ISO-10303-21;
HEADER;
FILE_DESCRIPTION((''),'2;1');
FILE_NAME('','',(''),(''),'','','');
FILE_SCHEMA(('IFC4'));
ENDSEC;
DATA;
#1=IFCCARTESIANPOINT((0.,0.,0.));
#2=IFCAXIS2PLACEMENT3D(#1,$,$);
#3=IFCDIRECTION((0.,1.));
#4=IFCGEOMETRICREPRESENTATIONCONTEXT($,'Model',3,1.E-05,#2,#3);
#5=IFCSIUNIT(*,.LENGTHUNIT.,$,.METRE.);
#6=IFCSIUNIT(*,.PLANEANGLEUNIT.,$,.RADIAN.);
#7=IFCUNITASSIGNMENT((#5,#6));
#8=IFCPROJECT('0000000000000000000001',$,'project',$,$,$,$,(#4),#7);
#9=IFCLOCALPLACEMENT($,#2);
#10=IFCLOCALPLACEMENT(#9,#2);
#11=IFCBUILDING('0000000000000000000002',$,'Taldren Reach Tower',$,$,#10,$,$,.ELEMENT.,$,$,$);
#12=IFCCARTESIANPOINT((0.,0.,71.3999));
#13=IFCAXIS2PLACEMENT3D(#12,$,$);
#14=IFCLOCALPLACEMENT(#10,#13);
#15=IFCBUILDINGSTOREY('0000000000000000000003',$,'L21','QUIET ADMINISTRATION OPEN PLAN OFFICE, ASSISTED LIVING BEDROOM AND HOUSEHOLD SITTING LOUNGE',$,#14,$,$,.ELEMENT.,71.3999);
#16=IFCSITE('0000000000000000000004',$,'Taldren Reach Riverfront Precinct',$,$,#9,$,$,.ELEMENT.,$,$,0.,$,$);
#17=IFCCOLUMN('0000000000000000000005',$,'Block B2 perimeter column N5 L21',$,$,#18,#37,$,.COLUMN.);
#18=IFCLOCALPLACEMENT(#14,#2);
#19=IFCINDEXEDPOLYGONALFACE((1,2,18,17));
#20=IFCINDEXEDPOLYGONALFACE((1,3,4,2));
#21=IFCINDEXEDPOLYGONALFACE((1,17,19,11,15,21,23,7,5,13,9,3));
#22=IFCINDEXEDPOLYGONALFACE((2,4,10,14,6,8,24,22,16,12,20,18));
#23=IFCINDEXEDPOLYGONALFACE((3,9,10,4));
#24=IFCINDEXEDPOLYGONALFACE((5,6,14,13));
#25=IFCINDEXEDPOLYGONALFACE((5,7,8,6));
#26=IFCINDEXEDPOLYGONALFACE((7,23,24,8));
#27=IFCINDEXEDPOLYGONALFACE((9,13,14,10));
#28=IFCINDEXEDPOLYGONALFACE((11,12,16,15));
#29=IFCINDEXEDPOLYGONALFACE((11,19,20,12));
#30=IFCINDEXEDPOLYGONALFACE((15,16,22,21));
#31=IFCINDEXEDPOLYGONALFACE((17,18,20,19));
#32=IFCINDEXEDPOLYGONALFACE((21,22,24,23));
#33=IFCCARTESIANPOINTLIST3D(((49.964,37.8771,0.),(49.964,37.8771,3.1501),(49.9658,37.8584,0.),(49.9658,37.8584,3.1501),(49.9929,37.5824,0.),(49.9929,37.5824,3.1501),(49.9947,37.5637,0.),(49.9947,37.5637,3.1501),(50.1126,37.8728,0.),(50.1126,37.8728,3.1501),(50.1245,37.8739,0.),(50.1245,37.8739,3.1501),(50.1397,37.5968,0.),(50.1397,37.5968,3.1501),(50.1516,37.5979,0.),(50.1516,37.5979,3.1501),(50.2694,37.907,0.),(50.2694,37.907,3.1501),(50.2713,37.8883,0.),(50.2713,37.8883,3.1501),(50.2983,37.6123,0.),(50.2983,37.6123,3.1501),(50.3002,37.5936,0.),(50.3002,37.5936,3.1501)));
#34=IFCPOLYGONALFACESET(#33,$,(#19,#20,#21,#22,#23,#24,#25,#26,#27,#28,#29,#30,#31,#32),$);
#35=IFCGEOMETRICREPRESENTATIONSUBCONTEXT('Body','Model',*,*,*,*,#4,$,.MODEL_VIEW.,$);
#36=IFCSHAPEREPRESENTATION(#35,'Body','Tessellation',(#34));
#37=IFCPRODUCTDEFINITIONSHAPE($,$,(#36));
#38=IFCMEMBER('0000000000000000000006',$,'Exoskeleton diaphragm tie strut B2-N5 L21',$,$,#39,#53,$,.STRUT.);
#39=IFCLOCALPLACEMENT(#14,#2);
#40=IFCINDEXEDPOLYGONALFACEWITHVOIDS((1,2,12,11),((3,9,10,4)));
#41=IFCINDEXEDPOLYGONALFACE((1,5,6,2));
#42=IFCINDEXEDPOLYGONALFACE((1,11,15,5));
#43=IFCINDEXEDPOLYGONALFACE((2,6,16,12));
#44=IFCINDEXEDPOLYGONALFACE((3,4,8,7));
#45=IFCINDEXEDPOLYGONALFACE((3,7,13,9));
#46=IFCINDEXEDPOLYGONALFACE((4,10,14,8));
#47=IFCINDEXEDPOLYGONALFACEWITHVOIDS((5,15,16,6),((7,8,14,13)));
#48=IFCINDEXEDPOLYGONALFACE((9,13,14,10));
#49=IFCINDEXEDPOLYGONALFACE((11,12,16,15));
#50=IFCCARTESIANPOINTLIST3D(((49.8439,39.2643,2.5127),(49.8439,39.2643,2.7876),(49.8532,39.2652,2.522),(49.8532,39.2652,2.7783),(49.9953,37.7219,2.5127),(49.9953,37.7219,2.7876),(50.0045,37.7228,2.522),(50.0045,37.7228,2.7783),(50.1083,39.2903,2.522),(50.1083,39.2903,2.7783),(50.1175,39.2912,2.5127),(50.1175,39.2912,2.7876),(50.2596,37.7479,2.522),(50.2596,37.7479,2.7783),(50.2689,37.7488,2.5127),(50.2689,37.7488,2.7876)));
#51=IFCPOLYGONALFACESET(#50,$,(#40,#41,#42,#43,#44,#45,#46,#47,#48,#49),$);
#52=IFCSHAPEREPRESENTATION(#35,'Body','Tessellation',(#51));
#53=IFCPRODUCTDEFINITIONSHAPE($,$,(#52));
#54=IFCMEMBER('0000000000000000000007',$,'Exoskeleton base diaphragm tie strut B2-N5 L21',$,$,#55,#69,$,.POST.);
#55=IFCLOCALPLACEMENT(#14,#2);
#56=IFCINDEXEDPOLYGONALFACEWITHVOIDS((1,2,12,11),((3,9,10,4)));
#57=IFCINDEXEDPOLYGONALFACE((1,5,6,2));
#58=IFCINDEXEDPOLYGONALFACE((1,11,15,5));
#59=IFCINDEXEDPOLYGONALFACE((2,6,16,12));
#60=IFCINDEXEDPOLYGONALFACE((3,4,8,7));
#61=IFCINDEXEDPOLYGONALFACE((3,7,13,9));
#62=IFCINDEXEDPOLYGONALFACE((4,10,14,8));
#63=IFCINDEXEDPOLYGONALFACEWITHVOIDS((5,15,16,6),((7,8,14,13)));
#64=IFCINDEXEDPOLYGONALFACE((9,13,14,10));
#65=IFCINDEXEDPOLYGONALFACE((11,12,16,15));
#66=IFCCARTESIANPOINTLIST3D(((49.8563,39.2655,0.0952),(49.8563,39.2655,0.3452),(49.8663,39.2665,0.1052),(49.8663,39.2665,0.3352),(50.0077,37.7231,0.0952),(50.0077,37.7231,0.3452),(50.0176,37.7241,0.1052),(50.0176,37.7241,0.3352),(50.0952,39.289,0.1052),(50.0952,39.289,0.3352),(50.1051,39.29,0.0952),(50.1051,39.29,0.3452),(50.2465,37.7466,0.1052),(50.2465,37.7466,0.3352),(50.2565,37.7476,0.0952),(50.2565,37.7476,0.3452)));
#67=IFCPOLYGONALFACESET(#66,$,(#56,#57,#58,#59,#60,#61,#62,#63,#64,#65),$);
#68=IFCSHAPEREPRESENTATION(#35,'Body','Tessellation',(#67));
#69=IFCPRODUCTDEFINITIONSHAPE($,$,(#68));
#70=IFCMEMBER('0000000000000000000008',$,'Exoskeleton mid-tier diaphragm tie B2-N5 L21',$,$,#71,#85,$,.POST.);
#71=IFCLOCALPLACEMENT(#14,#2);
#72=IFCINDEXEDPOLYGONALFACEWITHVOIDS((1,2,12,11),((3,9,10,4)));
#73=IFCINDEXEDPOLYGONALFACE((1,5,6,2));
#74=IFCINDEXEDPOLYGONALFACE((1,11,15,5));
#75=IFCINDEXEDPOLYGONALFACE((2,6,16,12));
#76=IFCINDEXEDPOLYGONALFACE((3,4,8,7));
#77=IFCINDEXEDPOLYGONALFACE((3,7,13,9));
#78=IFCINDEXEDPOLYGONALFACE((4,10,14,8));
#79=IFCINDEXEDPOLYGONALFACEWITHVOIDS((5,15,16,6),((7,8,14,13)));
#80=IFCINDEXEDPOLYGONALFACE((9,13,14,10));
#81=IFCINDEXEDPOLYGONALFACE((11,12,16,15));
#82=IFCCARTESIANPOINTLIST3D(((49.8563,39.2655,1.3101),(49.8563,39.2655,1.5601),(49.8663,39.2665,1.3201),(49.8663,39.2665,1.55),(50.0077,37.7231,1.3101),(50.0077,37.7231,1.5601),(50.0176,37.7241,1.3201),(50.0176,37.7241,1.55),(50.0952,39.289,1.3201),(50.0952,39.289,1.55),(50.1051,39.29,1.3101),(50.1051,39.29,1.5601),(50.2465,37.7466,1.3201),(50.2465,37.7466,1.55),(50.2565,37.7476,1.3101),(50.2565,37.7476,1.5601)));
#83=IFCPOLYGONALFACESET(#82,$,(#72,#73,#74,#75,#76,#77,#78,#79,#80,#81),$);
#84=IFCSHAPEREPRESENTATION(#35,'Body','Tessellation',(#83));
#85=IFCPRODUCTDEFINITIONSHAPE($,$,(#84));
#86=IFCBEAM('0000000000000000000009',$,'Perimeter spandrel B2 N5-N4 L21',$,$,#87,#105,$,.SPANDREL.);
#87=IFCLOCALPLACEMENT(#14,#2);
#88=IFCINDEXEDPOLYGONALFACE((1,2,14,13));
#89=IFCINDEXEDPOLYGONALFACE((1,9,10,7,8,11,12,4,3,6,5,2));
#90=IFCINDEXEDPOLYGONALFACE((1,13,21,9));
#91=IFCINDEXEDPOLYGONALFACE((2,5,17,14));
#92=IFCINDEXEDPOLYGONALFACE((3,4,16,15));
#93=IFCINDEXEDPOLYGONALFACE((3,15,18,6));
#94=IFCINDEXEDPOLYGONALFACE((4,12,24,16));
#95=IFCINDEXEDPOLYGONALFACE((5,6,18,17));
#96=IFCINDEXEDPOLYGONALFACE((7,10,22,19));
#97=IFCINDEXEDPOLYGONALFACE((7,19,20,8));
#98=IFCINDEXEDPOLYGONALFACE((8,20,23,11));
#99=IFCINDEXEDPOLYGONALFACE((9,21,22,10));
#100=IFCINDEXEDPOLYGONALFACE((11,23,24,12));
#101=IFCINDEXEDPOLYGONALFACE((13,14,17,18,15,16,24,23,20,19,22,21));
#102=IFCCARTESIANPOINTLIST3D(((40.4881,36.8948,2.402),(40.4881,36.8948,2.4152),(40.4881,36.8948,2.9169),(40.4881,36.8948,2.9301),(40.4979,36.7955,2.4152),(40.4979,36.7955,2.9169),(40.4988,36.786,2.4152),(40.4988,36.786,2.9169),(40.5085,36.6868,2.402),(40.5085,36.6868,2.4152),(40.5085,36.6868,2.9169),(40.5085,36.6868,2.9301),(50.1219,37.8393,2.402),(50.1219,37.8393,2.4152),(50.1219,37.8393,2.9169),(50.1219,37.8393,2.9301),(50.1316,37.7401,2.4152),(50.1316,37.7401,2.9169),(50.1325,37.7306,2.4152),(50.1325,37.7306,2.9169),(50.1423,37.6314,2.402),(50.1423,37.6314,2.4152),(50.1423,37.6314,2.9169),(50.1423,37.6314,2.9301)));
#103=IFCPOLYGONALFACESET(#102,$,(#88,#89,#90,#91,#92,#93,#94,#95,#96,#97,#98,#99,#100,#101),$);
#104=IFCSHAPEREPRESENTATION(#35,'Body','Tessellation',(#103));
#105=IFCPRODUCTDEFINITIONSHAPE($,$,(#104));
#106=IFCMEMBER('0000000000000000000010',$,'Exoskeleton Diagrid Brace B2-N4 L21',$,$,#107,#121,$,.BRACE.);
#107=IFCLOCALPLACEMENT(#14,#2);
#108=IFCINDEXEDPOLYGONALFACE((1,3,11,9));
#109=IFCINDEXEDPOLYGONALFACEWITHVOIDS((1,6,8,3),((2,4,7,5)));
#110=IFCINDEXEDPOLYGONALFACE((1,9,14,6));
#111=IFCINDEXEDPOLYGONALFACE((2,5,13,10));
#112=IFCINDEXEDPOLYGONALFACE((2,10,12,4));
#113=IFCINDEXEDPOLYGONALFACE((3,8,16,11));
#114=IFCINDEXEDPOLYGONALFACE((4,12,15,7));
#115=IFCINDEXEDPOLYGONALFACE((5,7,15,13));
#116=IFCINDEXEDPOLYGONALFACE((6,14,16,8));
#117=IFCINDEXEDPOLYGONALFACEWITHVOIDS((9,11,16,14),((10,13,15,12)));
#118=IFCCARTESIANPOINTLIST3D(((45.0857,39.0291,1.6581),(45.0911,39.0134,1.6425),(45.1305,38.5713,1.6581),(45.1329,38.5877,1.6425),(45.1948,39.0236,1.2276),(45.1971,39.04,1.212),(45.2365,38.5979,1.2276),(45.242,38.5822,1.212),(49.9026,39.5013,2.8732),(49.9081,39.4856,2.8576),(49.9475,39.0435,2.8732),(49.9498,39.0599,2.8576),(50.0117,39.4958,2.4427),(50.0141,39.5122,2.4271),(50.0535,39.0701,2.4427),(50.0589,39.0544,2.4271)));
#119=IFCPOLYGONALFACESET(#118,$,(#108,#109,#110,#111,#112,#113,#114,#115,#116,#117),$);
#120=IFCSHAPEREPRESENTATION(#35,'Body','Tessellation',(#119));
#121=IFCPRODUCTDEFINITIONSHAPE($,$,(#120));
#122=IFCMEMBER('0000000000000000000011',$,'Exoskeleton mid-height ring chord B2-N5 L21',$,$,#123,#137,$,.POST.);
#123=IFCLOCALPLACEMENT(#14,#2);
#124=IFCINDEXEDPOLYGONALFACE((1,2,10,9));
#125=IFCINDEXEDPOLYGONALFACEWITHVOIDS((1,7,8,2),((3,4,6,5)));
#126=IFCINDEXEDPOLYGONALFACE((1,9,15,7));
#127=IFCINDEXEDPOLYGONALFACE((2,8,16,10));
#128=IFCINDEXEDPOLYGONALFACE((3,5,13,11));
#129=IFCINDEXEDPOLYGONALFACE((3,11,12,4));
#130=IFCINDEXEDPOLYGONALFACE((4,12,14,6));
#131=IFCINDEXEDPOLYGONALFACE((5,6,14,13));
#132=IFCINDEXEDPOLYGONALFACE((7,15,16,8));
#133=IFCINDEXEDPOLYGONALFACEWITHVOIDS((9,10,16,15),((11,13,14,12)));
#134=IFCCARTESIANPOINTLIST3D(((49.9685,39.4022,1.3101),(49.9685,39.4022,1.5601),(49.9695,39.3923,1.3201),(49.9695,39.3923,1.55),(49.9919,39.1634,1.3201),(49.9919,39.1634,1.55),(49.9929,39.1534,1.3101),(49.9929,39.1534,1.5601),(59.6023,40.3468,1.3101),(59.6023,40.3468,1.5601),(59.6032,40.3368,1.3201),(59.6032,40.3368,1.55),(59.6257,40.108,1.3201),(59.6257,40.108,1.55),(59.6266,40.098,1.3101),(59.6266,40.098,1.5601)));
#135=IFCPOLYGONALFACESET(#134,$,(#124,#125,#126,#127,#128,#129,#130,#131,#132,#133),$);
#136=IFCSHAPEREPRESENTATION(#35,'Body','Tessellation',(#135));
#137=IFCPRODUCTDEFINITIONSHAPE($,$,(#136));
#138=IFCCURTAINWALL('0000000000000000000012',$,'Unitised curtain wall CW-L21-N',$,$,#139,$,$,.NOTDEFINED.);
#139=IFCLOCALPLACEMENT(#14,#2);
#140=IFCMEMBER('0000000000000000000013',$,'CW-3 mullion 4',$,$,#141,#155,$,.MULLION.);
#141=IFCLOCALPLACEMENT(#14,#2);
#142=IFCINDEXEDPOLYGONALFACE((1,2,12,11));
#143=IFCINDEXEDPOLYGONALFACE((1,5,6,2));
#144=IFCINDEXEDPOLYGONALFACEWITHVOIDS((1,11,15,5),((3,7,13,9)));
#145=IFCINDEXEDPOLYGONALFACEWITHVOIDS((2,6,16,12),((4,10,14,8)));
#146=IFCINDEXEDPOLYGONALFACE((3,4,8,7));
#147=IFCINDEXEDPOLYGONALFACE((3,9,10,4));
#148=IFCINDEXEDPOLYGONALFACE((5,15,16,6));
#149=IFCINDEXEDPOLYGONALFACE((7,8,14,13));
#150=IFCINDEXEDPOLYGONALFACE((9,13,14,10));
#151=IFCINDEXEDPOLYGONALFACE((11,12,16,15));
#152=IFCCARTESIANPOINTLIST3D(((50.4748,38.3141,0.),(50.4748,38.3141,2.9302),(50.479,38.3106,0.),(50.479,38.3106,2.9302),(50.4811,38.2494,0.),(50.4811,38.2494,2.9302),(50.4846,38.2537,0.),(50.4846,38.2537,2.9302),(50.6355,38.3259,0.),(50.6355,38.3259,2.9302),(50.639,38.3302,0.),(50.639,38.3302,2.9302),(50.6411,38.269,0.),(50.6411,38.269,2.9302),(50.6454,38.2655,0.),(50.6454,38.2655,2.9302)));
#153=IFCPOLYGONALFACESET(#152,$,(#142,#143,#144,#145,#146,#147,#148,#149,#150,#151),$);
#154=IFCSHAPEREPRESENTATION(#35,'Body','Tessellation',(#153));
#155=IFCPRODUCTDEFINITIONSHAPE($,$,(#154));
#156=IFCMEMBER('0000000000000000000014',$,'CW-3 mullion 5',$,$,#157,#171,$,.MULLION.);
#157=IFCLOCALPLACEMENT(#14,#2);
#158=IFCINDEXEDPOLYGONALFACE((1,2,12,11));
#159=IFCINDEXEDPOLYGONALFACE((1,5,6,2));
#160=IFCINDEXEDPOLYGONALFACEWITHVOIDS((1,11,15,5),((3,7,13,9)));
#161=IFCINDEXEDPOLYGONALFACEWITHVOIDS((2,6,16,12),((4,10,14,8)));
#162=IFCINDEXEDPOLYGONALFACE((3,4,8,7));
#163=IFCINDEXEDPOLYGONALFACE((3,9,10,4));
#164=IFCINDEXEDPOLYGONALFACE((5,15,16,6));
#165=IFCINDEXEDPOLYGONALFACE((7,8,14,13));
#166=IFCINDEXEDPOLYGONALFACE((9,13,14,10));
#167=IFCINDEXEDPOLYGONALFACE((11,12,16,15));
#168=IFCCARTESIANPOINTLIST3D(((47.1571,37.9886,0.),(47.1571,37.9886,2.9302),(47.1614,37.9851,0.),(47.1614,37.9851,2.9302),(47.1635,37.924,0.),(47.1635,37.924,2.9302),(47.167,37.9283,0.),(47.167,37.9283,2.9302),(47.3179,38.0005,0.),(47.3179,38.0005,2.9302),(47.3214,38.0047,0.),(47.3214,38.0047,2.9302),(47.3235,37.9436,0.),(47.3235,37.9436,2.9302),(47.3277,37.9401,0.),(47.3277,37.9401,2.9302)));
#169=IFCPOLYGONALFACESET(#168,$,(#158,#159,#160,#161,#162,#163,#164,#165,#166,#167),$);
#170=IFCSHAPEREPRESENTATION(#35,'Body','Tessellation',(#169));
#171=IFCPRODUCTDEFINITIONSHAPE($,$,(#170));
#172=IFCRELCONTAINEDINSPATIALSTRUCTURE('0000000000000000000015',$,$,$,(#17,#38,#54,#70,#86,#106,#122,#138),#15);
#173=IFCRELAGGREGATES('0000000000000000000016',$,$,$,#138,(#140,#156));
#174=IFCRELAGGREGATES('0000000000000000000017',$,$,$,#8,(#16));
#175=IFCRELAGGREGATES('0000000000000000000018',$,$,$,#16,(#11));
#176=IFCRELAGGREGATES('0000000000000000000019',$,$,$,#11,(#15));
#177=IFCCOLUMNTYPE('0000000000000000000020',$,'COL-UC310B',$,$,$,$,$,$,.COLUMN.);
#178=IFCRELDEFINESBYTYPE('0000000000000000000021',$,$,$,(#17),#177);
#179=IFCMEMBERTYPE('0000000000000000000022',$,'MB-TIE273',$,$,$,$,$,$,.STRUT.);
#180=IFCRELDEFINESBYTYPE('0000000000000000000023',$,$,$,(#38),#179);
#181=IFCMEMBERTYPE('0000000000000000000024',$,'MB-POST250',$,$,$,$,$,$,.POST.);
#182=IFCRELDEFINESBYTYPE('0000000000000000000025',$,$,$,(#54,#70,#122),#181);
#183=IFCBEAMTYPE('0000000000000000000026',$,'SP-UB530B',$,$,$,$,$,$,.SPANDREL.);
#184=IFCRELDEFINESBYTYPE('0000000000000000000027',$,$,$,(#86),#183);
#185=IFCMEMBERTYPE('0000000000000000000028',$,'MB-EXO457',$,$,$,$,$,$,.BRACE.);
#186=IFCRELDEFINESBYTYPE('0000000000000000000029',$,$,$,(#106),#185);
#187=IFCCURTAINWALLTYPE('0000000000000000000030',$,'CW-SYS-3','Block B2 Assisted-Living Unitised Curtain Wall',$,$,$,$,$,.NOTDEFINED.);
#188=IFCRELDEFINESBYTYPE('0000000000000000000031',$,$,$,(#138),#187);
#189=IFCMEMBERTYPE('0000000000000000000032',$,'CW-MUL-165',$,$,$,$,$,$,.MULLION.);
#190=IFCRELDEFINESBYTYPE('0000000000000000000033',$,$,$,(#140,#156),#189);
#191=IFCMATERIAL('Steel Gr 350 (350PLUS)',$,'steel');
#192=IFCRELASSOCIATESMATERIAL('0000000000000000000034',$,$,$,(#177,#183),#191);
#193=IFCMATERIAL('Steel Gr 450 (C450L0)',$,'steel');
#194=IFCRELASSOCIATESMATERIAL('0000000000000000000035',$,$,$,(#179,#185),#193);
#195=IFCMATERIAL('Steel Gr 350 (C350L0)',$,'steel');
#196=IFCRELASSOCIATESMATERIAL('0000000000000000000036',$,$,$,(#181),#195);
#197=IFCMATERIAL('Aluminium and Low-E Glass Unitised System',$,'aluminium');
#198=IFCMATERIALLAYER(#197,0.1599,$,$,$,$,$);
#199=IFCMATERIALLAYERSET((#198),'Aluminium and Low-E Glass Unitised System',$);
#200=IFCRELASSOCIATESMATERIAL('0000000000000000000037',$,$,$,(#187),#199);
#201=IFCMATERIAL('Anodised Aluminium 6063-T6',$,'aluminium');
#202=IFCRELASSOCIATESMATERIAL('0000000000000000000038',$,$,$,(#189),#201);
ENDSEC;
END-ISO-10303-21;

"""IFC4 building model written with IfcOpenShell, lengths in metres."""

from ifc_helpers import new_model, si_unit, direction, frame, origin, origin_2d, place, context, subcontext, project, spatial, hollow_rectangle, i_section, extrude, source, transform, mapped, material, layer, layer_set, material_profile, profile_set, type_object, element, aggregate, save


model = new_model("IFC4")

# Units and contexts
model_context = context("Model", 3, precision=1e-05, world=origin(), true_north=direction((0.0, 1.0)))
body_context = subcontext(model_context, "Body", "Model", "MODEL_VIEW")
ifc_project = project(units=[si_unit("LENGTHUNIT", "METRE"), si_unit("PLANEANGLEUNIT", "RADIAN")], contexts=[model_context])

# Site, building, storey
site_placement = place(None, origin())
site = spatial("IfcSite", under=ifc_project, at=site_placement, Name="Taldren Reach Riverfront Precinct", CompositionType="ELEMENT", RefElevation=0.0)
building_placement = place(site_placement, origin())
building = spatial("IfcBuilding", under=site, at=building_placement, Name="Taldren Reach Tower", CompositionType="ELEMENT")
storey_placement = place(building_placement, frame((0.0, 0.0, 71.3999)))
storey = spatial("IfcBuildingStorey", under=building, at=storey_placement, Name="L21", Description="QUIET ADMINISTRATION OPEN PLAN OFFICE, ASSISTED LIVING BEDROOM AND HOUSEHOLD SITTING LOUNGE", CompositionType="ELEMENT", Elevation=71.3999)

# Column
ifc_material_1 = material(Name="Steel Gr 350 (350PLUS)", Category="steel")
ifc_material_profile_1 = material_profile(ifc_material_1, i_section(OverallWidth=0.3069, OverallDepth=0.3149, WebThickness=0.012, FlangeThickness=0.0188, at=origin_2d()), Name="310UC118")
ifc_profile_set_1 = profile_set([ifc_material_profile_1], Name="Steel Gr 350 (350PLUS)")
column_type = type_object("IfcColumnType", Name="COL-UC310B", PredefinedType="COLUMN", material=ifc_profile_set_1)
shared_shape_1 = source(origin(), body_context, "Body", "SweptSolid", [
    extrude(i_section(OverallWidth=0.3069, OverallDepth=0.3149, WebThickness=0.012, FlangeThickness=0.0188, at=origin_2d()), origin(), (0.0, 0.0, 1.0), 3.1501),
])
column_placement = place(storey_placement, frame((50.1321, 37.7354, 0.0), z_axis=(0.0, 0.0, 1.0), x_axis=(0.995227, 0.097583, 0.0)))
element("IfcColumn", 1, at=column_placement, inside=storey, type_object=column_type, Name="Block B2 perimeter column N5 L21", PredefinedType="COLUMN", context=body_context, shape_type="MappedRepresentation", body=[
    mapped(shared_shape_1, transform((0.0, 0.0, 0.0), scale=1.0)),
])

# Members
ifc_material_2 = material(Name="Steel Gr 450 (C450L0)", Category="steel")
ifc_material_profile_2 = material_profile(ifc_material_2, hollow_rectangle(XDim=0.2749, YDim=0.2749, WallThickness=0.0093, at=origin_2d()), Name="275x275x9.3SHS")
ifc_profile_set_2 = profile_set([ifc_material_profile_2], Name="Steel Gr 450 (C450L0)")
member_type_1 = type_object("IfcMemberType", Name="MB-TIE273", PredefinedType="STRUT", material=ifc_profile_set_2)
shared_shape_2 = source(origin(), body_context, "Body", "SweptSolid", [
    extrude(hollow_rectangle(XDim=0.2749, YDim=0.2749, WallThickness=0.0093, at=origin_2d()), origin(), (0.0, 0.0, 1.0), 1.5498),
])
member_1_placement = place(storey_placement, frame((50.1321, 37.7354, 2.6501), z_axis=(-0.097663, 0.99522, 0.0), x_axis=(-0.99522, -0.097663, 0.0)))
element("IfcMember", 2, at=member_1_placement, inside=storey, type_object=member_type_1, Name="Exoskeleton diaphragm tie strut B2-N5 L21", PredefinedType="STRUT", context=body_context, shape_type="MappedRepresentation", body=[
    mapped(shared_shape_2, transform((0.0, 0.0, 0.0), scale=1.0)),
])
ifc_material_3 = material(Name="Steel Gr 350 (C350L0)", Category="steel")
ifc_material_profile_3 = material_profile(ifc_material_3, hollow_rectangle(XDim=0.25, YDim=0.25, WallThickness=0.01, at=origin_2d()), Name="250x250x10.0SHS")
ifc_profile_set_3 = profile_set([ifc_material_profile_3], Name="Steel Gr 350 (C350L0)")
member_type_2 = type_object("IfcMemberType", Name="MB-POST250", PredefinedType="POST", material=ifc_profile_set_3)
shared_shape_3 = source(origin(), body_context, "Body", "SweptSolid", [
    extrude(hollow_rectangle(XDim=0.25, YDim=0.25, WallThickness=0.01, at=origin_2d()), origin(), (0.0, 0.0, 1.0), 1.5498),
])
for number, where, z_axis, x_axis, name in (
    (3, (50.1321, 37.7354, 0.2202), (-0.097663, 0.99522, 0.0), (-0.99522, -0.097663, 0.0), "Exoskeleton base diaphragm tie strut B2-N5 L21"),
    (4, (50.1321, 37.7354, 1.4351), (-0.097663, 0.99522, 0.0), (-0.99522, -0.097663, 0.0), "Exoskeleton mid-tier diaphragm tie B2-N5 L21"),
):
    element("IfcMember", number, at=place(storey_placement, frame(where, z_axis=z_axis, x_axis=x_axis)), inside=storey, type_object=member_type_2, Name=name, PredefinedType="POST", context=body_context, shape_type="MappedRepresentation", body=[
        mapped(shared_shape_3, transform((0.0, 0.0, 0.0), scale=1.0)),
    ])

# Beam
ifc_material_profile_4 = material_profile(ifc_material_1, i_section(OverallWidth=0.209, OverallDepth=0.5281, WebThickness=0.0095, FlangeThickness=0.0132, at=origin_2d()), Name="530UB82.0")
ifc_profile_set_4 = profile_set([ifc_material_profile_4], Name="Steel Gr 350 (350PLUS)")
beam_type = type_object("IfcBeamType", Name="SP-UB530B", PredefinedType="SPANDREL", material=ifc_profile_set_4)
shared_shape_4 = source(origin(), body_context, "Body", "SweptSolid", [
    extrude(i_section(OverallWidth=0.209, OverallDepth=0.5281, WebThickness=0.0095, FlangeThickness=0.0132, at=origin_2d()), origin(), (0.0, 0.0, 1.0), 9.6799),
])
beam_placement = place(storey_placement, frame((50.1321, 37.7354, 2.666), z_axis=(-0.995228, -0.097581, 0.0), x_axis=(0.097581, -0.995228, 0.0)))
element("IfcBeam", 5, at=beam_placement, inside=storey, type_object=beam_type, Name="Perimeter spandrel B2 N5-N4 L21", PredefinedType="SPANDREL", context=body_context, shape_type="MappedRepresentation", body=[
    mapped(shared_shape_4, transform((0.0, 0.0, 0.0), scale=1.0)),
])

# Members
ifc_material_profile_5 = material_profile(ifc_material_2, hollow_rectangle(XDim=0.46, YDim=0.46, WallThickness=0.0161, at=origin_2d()), Name="460x460x16.0SHS")
ifc_profile_set_5 = profile_set([ifc_material_profile_5], Name="Steel Gr 450 (C450L0)")
member_type_3 = type_object("IfcMemberType", Name="MB-EXO457", PredefinedType="BRACE", material=ifc_profile_set_5)
shared_shape_5 = source(origin(), body_context, "Body", "SweptSolid", [
    extrude(hollow_rectangle(XDim=0.46, YDim=0.46, WallThickness=0.0161, at=origin_2d()), origin(), (0.0, 0.0, 1.0), 4.9902),
])
member_2_placement = place(storey_placement, frame((45.1638, 38.8057, 1.4351), z_axis=(0.965276, 0.09462, 0.243496), x_axis=(-0.097556, 0.99523, 0.0)))
element("IfcMember", 6, at=member_2_placement, inside=storey, type_object=member_type_3, Name="Exoskeleton Diagrid Brace B2-N4 L21", PredefinedType="BRACE", context=body_context, shape_type="MappedRepresentation", body=[
    mapped(shared_shape_5, transform((0.0, 0.0, 0.0), scale=1.0)),
])
shared_shape_6 = source(origin(), body_context, "Body", "SweptSolid", [
    extrude(hollow_rectangle(XDim=0.25, YDim=0.25, WallThickness=0.01, at=origin_2d()), origin(), (0.0, 0.0, 1.0), 9.6799),
])
member_3_placement = place(storey_placement, frame((49.9807, 39.2778, 1.4351), z_axis=(0.995228, 0.097581, 0.0), x_axis=(-0.097581, 0.995228, 0.0)))
element("IfcMember", 7, at=member_3_placement, inside=storey, type_object=member_type_2, Name="Exoskeleton mid-height ring chord B2-N5 L21", PredefinedType="POST", context=body_context, shape_type="MappedRepresentation", body=[
    mapped(shared_shape_6, transform((0.0, 0.0, 0.0), scale=1.0)),
])

# Curtain wall, members
ifc_material_4 = material(Name="Aluminium and Low-E Glass Unitised System", Category="aluminium")
ifc_layer_1 = layer(ifc_material_4, 0.1599)
ifc_layer_set_1 = layer_set([ifc_layer_1], Name="Aluminium and Low-E Glass Unitised System")
curtain_wall_type = type_object("IfcCurtainWallType", Name="CW-SYS-3", Description="Block B2 Assisted-Living Unitised Curtain Wall", PredefinedType="NOTDEFINED", material=ifc_layer_set_1)
curtain_wall_placement = place(storey_placement, origin())
curtain_wall = element("IfcCurtainWall", 8, at=curtain_wall_placement, inside=storey, type_object=curtain_wall_type, Name="Unitised curtain wall CW-L21-N", PredefinedType="NOTDEFINED")
ifc_material_5 = material(Name="Anodised Aluminium 6063-T6", Category="aluminium")
ifc_material_profile_6 = material_profile(ifc_material_5, hollow_rectangle(XDim=0.0649, YDim=0.165, WallThickness=0.0039, at=origin_2d()), Name="ALU-165x65x4RHS")
ifc_profile_set_6 = profile_set([ifc_material_profile_6], Name="Anodised Aluminium 6063-T6")
member_type_4 = type_object("IfcMemberType", Name="CW-MUL-165", PredefinedType="MULLION", material=ifc_profile_set_6)
shared_shape_7 = source(origin(), body_context, "Body", "SweptSolid", [
    extrude(hollow_rectangle(XDim=0.0649, YDim=0.165, WallThickness=0.0039, at=origin_2d()), origin(), (0.0, 0.0, 1.0), 2.9302),
])
member_4_placement = place(storey_placement, frame((50.5601, 38.2898, 0.0), z_axis=(0.0, 0.0, 1.0), x_axis=(0.097583, -0.995227, 0.0)))
member_4 = element("IfcMember", 9, at=member_4_placement, type_object=member_type_4, Name="CW-3 mullion 4", PredefinedType="MULLION", context=body_context, shape_type="MappedRepresentation", body=[
    mapped(shared_shape_7, transform((0.0, 0.0, 0.0), scale=1.0)),
])
member_5_placement = place(storey_placement, frame((47.2424, 37.9644, 0.0), z_axis=(0.0, 0.0, 1.0), x_axis=(0.097583, -0.995227, 0.0)))
member_5 = element("IfcMember", 10, at=member_5_placement, type_object=member_type_4, Name="CW-3 mullion 5", PredefinedType="MULLION", context=body_context, shape_type="MappedRepresentation", body=[
    mapped(shared_shape_7, transform((0.0, 0.0, 0.0), scale=1.0)),
])

aggregate(curtain_wall, [member_4, member_5])

save(model, "model.ifc")
